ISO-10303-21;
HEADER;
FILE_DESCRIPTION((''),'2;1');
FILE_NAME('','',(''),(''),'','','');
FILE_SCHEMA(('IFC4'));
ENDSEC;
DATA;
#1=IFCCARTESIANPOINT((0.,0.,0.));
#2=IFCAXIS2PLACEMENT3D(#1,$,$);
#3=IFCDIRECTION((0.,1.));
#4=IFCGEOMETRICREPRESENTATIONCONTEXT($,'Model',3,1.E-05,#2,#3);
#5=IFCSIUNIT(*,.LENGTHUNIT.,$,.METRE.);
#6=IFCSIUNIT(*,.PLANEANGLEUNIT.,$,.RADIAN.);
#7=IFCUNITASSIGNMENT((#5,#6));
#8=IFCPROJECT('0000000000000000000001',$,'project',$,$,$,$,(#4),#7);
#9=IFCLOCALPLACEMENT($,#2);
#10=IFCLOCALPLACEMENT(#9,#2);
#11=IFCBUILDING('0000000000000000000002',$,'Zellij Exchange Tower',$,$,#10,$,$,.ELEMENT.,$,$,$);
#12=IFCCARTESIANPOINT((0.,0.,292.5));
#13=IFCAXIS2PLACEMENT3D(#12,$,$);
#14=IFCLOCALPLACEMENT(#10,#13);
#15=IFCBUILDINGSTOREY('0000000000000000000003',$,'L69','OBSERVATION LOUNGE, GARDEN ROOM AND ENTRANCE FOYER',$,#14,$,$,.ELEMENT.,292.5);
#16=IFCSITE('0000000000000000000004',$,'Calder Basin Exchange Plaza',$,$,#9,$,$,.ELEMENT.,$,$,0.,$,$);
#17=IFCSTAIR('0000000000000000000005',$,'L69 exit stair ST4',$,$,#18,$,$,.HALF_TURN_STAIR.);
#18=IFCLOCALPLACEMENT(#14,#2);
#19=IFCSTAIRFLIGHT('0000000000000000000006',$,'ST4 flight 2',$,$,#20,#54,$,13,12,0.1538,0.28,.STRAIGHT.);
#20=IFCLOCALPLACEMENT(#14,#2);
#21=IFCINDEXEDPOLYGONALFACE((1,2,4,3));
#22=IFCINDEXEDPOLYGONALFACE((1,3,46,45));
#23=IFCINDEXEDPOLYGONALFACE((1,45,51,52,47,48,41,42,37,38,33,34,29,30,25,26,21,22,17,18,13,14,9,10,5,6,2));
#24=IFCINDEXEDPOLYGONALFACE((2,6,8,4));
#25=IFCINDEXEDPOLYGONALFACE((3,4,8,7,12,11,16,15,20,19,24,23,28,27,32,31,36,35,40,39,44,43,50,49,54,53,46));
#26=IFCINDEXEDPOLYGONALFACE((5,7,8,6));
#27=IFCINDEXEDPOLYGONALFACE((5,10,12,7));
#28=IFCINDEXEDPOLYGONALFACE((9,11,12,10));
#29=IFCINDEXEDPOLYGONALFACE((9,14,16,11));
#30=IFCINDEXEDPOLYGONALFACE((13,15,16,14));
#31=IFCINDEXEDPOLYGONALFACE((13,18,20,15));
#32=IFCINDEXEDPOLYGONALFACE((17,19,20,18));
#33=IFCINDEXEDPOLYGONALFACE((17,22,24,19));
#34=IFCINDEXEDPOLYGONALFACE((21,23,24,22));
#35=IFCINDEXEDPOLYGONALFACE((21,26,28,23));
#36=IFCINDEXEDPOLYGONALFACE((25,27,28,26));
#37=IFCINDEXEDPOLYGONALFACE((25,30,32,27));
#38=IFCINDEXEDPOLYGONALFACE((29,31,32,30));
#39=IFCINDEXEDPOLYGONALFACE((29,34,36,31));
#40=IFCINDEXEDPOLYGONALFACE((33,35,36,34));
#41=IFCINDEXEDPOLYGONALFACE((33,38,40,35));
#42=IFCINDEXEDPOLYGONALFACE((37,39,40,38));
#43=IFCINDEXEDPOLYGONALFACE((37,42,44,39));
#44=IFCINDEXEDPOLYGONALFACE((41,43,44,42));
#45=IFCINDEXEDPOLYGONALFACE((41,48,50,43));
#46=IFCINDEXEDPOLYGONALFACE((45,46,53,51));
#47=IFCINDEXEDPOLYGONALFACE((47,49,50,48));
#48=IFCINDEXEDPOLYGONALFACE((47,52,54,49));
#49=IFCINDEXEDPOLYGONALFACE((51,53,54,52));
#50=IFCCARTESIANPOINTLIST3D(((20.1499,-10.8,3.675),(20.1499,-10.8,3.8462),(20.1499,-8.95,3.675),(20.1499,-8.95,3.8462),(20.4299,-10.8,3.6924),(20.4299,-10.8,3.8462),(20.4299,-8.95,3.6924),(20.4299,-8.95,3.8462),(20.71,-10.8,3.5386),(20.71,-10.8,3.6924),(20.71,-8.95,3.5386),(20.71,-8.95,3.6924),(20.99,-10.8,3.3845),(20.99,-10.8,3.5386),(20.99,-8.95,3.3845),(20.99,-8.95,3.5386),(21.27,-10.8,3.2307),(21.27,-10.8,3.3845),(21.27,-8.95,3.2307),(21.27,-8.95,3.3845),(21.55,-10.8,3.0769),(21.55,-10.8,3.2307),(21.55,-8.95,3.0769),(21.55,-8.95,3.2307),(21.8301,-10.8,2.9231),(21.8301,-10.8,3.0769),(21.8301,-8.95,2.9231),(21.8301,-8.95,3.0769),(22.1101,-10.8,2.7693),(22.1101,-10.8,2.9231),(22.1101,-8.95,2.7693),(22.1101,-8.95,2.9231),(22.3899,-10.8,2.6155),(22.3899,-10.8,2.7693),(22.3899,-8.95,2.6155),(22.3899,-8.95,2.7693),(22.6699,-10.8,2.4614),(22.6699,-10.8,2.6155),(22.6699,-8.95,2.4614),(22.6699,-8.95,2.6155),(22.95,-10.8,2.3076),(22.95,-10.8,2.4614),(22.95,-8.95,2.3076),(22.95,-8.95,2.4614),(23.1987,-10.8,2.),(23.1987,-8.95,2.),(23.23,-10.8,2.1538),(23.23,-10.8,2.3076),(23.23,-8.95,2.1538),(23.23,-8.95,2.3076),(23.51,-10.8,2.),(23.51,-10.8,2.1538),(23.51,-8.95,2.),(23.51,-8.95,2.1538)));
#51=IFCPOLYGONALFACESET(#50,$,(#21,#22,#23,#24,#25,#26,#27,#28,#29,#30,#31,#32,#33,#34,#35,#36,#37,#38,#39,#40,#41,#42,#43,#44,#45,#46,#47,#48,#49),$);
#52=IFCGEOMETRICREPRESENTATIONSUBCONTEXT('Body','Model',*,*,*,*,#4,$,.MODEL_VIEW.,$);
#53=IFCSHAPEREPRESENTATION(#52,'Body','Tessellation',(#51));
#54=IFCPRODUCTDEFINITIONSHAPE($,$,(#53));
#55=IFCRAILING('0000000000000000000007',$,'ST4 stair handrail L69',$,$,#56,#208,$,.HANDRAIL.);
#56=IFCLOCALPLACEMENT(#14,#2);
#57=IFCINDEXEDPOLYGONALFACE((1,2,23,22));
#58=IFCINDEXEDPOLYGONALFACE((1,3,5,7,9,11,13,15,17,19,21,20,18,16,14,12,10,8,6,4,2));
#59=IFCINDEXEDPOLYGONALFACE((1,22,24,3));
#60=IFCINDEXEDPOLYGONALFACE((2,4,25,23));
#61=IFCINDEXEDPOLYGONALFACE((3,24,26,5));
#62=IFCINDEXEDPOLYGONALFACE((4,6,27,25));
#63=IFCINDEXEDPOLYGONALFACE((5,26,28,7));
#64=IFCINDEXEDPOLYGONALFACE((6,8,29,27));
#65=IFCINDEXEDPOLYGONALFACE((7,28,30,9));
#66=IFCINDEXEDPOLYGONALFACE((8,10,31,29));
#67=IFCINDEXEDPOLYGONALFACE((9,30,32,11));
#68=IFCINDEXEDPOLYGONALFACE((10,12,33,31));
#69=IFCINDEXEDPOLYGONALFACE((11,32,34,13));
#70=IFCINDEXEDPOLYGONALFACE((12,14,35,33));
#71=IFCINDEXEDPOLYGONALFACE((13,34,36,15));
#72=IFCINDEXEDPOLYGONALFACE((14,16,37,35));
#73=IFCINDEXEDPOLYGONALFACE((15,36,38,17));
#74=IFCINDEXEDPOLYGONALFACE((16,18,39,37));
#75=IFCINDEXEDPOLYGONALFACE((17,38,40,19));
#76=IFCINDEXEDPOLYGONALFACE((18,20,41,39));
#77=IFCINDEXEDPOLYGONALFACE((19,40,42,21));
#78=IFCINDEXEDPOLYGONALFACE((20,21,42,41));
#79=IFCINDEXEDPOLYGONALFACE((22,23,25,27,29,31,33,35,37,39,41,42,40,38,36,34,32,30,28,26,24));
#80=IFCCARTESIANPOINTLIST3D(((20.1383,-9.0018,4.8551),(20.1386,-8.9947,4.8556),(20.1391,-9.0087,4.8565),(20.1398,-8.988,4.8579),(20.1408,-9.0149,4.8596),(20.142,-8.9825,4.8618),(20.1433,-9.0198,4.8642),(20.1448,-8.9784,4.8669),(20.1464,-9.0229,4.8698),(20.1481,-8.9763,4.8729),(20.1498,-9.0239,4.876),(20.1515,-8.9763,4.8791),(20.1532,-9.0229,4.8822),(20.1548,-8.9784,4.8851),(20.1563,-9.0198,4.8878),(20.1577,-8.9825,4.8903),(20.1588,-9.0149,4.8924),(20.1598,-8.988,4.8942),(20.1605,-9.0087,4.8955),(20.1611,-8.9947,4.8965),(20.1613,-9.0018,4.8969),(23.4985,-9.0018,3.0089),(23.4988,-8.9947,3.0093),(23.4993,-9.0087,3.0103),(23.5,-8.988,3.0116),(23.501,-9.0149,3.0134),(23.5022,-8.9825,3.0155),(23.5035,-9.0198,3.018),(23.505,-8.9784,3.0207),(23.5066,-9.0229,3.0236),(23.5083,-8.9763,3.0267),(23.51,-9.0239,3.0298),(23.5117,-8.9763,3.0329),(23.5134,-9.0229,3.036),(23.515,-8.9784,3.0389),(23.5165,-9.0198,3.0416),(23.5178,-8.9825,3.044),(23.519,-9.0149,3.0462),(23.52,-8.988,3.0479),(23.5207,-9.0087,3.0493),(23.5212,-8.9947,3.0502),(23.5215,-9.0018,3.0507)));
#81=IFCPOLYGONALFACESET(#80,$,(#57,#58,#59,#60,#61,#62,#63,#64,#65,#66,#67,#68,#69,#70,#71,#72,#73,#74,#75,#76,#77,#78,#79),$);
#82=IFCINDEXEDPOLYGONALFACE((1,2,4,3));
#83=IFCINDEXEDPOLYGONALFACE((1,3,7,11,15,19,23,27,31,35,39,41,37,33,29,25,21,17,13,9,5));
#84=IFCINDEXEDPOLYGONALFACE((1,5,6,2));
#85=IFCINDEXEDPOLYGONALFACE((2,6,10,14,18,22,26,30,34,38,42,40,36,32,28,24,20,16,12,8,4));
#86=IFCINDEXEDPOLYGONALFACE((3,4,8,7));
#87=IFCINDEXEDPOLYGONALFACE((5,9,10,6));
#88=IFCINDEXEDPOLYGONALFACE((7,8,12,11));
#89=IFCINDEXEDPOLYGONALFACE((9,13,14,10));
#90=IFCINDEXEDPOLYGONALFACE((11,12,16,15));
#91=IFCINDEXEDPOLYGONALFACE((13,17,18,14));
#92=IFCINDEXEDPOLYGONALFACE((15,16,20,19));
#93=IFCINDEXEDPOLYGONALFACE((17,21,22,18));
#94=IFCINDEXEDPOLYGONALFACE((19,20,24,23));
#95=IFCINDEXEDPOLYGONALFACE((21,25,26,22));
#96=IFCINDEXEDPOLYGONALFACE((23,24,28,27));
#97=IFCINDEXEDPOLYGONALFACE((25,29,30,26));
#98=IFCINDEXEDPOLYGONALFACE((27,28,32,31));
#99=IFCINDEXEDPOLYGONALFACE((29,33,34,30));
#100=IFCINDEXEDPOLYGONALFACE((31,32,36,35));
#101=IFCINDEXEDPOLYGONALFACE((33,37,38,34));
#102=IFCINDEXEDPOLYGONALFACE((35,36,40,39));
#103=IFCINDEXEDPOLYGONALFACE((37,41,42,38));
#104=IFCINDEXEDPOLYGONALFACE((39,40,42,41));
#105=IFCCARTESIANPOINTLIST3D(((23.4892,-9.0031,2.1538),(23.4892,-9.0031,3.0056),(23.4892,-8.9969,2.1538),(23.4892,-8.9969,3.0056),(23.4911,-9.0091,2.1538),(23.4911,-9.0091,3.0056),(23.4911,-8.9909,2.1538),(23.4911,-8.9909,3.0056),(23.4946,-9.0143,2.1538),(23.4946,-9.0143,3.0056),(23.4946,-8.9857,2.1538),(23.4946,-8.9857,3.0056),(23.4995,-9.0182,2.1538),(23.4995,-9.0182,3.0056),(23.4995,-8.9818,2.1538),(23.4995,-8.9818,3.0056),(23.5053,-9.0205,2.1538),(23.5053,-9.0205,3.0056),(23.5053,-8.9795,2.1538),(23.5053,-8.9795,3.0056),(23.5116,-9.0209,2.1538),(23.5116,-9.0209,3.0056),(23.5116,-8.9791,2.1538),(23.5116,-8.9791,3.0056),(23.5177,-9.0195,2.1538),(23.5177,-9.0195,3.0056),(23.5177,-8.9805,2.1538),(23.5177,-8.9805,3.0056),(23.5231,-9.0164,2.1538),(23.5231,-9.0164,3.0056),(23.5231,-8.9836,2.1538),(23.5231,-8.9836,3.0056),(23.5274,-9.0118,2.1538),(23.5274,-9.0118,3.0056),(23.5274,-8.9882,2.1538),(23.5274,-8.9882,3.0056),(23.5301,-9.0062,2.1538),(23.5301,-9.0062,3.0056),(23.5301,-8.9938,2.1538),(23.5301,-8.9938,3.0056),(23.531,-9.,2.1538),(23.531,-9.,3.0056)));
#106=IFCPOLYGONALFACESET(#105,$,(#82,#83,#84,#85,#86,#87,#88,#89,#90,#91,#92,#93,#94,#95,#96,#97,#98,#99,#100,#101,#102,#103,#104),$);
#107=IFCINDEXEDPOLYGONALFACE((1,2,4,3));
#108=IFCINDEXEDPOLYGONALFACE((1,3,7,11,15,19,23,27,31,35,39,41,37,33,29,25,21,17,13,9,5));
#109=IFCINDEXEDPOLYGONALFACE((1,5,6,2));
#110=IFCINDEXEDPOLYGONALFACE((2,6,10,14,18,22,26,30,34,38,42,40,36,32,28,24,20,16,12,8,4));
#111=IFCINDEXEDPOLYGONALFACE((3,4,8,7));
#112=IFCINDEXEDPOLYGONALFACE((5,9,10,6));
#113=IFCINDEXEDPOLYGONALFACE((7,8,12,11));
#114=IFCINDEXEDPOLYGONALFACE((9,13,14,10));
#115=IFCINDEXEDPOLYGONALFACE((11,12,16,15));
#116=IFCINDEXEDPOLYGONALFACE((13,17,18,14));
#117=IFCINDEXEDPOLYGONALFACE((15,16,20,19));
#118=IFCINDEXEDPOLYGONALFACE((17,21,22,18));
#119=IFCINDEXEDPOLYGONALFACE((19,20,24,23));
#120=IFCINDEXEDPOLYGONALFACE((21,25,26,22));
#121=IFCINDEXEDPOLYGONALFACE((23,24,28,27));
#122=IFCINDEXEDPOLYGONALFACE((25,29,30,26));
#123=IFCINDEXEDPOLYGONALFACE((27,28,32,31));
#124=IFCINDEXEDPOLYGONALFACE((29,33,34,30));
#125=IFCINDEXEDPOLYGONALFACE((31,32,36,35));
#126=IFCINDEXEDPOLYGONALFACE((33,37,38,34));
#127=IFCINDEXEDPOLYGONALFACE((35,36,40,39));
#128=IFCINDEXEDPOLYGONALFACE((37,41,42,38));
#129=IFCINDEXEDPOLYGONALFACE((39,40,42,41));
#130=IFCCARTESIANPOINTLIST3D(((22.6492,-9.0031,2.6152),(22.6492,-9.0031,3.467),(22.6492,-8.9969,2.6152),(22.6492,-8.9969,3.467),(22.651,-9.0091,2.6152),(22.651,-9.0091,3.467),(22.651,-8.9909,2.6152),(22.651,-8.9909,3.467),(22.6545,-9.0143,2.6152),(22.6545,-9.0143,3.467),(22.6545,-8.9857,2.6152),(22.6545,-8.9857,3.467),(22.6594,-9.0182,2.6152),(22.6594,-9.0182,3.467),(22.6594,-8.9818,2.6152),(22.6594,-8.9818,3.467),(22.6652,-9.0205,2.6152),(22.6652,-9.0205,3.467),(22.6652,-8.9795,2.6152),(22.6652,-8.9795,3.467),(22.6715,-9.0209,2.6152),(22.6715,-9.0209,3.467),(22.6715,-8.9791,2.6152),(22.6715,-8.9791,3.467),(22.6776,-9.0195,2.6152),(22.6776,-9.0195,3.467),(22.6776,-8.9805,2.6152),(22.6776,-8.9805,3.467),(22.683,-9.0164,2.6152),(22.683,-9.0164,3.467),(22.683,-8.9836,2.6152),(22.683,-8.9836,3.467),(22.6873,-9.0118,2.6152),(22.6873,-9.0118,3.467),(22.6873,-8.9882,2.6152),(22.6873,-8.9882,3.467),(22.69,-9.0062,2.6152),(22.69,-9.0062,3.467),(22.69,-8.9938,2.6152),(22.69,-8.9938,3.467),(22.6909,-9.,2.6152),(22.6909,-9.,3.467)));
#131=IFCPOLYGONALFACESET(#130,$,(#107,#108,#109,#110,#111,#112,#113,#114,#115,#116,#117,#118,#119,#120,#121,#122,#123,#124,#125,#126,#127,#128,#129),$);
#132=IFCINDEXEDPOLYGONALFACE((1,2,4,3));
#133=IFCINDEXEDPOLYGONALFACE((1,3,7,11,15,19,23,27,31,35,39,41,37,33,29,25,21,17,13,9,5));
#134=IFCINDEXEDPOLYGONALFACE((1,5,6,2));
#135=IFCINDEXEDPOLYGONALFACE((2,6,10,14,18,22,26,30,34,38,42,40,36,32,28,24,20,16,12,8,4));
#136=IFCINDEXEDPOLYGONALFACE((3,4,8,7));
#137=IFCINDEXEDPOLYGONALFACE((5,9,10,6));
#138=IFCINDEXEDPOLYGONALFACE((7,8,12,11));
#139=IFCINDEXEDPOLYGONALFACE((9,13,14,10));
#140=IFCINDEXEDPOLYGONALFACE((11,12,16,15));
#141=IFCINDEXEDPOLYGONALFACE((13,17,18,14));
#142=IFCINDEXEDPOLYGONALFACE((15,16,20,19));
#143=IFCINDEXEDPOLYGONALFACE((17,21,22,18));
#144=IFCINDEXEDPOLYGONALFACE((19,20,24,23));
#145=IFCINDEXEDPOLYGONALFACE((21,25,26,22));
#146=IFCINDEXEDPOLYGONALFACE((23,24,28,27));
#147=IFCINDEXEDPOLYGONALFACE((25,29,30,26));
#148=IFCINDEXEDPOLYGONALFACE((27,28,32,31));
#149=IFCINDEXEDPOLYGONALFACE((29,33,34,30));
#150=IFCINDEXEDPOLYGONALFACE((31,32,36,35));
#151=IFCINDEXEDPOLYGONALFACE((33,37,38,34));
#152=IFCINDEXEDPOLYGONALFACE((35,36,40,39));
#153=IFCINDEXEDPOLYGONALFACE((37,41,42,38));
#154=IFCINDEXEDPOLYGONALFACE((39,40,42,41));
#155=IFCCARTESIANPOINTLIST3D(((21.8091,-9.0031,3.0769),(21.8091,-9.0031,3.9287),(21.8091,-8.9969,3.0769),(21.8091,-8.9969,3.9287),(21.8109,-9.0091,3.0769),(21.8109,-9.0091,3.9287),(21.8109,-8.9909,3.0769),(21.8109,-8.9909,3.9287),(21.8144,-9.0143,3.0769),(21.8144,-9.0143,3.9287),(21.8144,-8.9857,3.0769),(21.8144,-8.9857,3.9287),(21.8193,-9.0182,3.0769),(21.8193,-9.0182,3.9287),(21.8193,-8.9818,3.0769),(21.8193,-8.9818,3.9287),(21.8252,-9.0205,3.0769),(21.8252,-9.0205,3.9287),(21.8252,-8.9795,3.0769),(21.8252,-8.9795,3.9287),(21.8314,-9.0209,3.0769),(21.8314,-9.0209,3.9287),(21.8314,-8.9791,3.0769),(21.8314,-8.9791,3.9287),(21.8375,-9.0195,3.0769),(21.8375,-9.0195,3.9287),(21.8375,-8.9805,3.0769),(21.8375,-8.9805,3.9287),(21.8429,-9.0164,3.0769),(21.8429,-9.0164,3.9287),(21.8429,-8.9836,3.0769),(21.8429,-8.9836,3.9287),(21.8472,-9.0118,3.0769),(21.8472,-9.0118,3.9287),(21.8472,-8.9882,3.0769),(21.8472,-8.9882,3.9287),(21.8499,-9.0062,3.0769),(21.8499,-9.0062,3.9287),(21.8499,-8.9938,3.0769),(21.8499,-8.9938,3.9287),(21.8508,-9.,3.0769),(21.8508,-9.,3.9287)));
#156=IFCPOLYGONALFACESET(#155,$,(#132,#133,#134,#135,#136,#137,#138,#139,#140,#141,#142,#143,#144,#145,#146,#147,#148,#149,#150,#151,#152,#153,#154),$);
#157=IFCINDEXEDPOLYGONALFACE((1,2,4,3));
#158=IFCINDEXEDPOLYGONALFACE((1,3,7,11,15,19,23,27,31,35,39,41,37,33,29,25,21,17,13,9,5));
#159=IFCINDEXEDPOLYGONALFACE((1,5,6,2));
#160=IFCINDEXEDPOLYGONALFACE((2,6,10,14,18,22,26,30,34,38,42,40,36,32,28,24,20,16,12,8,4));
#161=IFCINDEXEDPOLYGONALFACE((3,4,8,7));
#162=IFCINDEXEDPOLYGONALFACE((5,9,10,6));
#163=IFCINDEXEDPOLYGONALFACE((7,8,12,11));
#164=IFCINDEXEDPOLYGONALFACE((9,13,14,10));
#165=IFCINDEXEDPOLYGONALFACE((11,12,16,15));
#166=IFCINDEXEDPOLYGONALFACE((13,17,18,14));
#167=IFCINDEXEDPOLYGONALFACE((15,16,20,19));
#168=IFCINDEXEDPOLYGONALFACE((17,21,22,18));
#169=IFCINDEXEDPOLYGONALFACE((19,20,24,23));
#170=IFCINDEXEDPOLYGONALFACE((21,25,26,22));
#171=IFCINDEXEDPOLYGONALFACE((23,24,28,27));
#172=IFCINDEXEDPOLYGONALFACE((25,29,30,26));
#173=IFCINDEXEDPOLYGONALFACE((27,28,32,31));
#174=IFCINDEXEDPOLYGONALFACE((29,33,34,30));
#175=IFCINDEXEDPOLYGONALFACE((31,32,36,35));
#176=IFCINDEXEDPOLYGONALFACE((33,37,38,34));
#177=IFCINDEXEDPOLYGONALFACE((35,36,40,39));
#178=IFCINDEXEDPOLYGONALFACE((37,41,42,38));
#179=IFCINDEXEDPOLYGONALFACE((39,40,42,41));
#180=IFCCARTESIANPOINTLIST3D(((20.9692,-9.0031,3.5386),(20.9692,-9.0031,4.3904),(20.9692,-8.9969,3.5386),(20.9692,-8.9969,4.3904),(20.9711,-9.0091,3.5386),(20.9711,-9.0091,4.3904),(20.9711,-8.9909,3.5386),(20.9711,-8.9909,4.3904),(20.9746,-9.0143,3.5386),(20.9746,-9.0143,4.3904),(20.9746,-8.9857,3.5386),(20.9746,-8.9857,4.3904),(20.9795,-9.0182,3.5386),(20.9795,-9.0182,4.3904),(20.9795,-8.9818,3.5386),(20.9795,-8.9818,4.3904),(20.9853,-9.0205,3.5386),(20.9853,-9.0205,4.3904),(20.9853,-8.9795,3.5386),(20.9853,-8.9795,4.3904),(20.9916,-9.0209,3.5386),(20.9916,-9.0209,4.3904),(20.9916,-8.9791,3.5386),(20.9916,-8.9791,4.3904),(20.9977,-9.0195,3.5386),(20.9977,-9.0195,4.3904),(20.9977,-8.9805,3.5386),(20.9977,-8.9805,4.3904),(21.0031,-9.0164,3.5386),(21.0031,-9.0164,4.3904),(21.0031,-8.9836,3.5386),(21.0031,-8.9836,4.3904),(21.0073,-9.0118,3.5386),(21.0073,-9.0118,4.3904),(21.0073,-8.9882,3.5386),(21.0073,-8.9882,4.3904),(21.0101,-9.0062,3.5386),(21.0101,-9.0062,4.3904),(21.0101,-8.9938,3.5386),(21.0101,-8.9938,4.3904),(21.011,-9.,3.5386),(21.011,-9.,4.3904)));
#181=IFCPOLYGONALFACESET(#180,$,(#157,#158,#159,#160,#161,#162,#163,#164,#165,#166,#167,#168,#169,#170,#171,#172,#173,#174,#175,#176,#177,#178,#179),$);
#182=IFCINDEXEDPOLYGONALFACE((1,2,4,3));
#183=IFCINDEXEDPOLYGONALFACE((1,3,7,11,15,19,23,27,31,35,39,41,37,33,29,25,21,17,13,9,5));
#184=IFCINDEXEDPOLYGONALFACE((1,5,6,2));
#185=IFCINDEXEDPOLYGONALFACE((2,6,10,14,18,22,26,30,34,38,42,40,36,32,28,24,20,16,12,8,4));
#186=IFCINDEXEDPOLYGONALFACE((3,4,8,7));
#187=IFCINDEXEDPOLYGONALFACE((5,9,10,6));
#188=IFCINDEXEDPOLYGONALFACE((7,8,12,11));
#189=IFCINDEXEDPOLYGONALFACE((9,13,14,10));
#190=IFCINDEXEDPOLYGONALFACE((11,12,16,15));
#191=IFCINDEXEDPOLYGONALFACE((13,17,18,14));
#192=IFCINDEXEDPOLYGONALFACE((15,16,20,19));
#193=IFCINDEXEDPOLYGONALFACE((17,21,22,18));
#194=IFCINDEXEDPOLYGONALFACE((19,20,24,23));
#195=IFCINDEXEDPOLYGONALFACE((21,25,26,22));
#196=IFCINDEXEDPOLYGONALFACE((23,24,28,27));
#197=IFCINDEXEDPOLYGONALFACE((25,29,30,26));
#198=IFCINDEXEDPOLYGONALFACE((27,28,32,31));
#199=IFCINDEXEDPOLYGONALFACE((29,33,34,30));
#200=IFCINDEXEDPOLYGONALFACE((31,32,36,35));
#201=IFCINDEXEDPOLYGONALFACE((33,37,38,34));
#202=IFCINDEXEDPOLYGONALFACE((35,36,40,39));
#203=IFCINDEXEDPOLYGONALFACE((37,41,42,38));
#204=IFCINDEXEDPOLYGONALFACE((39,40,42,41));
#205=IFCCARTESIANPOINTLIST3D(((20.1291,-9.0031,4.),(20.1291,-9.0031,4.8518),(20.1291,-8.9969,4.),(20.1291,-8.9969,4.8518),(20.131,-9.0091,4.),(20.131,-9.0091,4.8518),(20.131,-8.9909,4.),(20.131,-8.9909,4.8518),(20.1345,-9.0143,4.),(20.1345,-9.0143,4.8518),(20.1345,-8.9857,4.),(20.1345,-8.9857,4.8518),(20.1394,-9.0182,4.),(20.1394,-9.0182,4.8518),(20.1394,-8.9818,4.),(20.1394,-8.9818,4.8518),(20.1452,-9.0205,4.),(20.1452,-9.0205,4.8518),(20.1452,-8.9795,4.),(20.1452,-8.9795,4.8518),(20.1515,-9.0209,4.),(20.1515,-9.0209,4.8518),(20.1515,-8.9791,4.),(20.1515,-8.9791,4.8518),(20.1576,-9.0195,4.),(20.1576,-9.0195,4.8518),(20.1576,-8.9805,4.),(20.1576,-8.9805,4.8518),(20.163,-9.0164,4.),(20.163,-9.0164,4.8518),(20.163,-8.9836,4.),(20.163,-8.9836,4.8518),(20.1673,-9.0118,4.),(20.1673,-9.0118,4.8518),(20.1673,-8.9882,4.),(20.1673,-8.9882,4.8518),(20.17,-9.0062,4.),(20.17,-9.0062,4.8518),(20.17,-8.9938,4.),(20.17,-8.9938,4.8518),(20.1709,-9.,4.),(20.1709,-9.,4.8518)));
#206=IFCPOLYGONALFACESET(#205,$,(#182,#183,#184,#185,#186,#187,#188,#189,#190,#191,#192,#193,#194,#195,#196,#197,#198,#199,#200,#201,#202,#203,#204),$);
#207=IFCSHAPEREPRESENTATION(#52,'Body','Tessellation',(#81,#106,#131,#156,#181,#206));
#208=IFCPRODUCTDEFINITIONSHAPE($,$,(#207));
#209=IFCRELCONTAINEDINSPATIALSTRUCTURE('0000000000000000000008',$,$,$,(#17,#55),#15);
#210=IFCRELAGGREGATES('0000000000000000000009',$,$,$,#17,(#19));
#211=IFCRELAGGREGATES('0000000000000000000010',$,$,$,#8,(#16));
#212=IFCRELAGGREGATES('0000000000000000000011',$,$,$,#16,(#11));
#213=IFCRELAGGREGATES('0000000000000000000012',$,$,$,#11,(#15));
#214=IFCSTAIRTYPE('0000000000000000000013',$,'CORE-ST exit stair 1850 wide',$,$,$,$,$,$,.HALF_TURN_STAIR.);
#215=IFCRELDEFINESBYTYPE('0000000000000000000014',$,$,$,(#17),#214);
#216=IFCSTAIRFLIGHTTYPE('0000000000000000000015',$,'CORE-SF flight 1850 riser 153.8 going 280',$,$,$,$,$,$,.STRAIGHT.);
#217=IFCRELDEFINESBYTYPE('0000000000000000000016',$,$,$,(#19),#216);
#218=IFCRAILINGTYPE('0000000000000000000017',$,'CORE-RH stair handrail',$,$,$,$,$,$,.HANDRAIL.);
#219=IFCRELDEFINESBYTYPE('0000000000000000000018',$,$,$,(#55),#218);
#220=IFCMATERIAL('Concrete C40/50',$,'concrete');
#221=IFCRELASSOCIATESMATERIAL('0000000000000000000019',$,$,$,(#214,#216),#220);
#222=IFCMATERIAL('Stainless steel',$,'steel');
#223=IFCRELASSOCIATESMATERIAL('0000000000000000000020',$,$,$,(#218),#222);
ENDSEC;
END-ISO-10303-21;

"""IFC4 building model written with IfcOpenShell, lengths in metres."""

from ifc_helpers import new_model, si_unit, direction, frame, origin, origin_2d, place, context, subcontext, project, spatial, polyline, circle, outline, extrude, material, type_object, element, aggregate, save


model = new_model("IFC4")

# Units and contexts
model_context = context("Model", 3, precision=1e-05, world=origin(), true_north=direction((0.0, 1.0)))
body_context = subcontext(model_context, "Body", "Model", "MODEL_VIEW")
ifc_project = project(units=[si_unit("LENGTHUNIT", "METRE"), si_unit("PLANEANGLEUNIT", "RADIAN")], contexts=[model_context])

# Site, building, storey
site_placement = place(None, origin())
site = spatial("IfcSite", under=ifc_project, at=site_placement, Name="Calder Basin Exchange Plaza", CompositionType="ELEMENT", RefElevation=0.0)
building_placement = place(site_placement, origin())
building = spatial("IfcBuilding", under=site, at=building_placement, Name="Zellij Exchange Tower", CompositionType="ELEMENT")
storey_placement = place(building_placement, frame((0.0, 0.0, 292.5)))
storey = spatial("IfcBuildingStorey", under=building, at=storey_placement, Name="L69", Description="OBSERVATION LOUNGE, GARDEN ROOM AND ENTRANCE FOYER", CompositionType="ELEMENT", Elevation=292.5)

# Stair, stair flight
ifc_material_1 = material(Name="Concrete C40/50", Category="concrete")
stair_type = type_object("IfcStairType", Name="CORE-ST exit stair 1850 wide", PredefinedType="HALF_TURN_STAIR", material=ifc_material_1)
stair_placement = place(storey_placement, origin())
stair = element("IfcStair", 1, at=stair_placement, inside=storey, type_object=stair_type, Name="L69 exit stair ST4", PredefinedType="HALF_TURN_STAIR")
stair_flight_type = type_object("IfcStairFlightType", Name="CORE-SF flight 1850 riser 153.8 going 280", PredefinedType="STRAIGHT", material=ifc_material_1)
stair_flight_placement = place(storey_placement, frame((23.51, -9.875, 2.0), z_axis=(0.0, 0.0, 1.0), x_axis=(-1.0, 0.0, 0.0)))
stair_flight = element("IfcStairFlight", 2, at=stair_flight_placement, type_object=stair_flight_type, Name="ST4 flight 2", NumberOfRisers=13, NumberOfTreads=12, PredefinedType="STRAIGHT", RiserHeight=0.1538, TreadLength=0.28, context=body_context, shape_type="SweptSolid", body=[
    extrude(outline(polyline([(0.0, 0.0), (0.0, 0.1538), (0.28, 0.1538), (0.28, 0.3076), (0.5601, 0.3076), (0.5601, 0.4614), (0.8401, 0.4614), (0.8401, 0.6155), (1.1201, 0.6155), (1.1201, 0.7693), (1.3999, 0.7693), (1.3999, 0.9231), (1.6799, 0.9231), (1.6799, 1.0769), (1.96, 1.0769), (1.96, 1.2307), (2.24, 1.2307), (2.24, 1.3845), (2.52, 1.3845), (2.52, 1.5386), (2.8, 1.5386), (2.8, 1.6924), (3.0801, 1.6924), (3.0801, 1.8462), (3.3601, 1.8462), (3.3601, 2.0), (3.3601, 1.675), (0.3113, 0.0), (0.0, 0.0)])), frame((0.0, 0.925, 0.0), z_axis=(0.0, -1.0, 0.0), x_axis=(1.0, 0.0, 0.0)), (0.0, 0.0, 1.0), 1.8501),
])
aggregate(stair, [stair_flight])

# Railing
ifc_material_2 = material(Name="Stainless steel", Category="steel")
railing_type_1 = type_object("IfcRailingType", Name="CORE-RH stair handrail", PredefinedType="HANDRAIL", material=ifc_material_2)
railing_1_placement = place(storey_placement, frame((23.51, -9.0, 2.1538)))
element("IfcRailing", 3, at=railing_1_placement, inside=storey, type_object=railing_type_1, Name="ST4 stair handrail L69", PredefinedType="HANDRAIL", context=body_context, shape_type="SweptSolid", body=[
    extrude(circle(Radius=0.0239, at=origin_2d()), frame((0.0, 0.0, 0.876), z_axis=(-0.876422, 0.0, 0.481545), x_axis=(0.0, -1.0, 0.0)), (0.0, 0.0, 1.0), 3.834),
    extrude(circle(Radius=0.021, at=origin_2d()), origin(), (0.0, 0.0, 1.0), 0.8518),
    extrude(circle(Radius=0.021, at=origin_2d()), frame((-0.8401, 0.0, 0.4614)), (0.0, 0.0, 1.0), 0.8518),
    extrude(circle(Radius=0.021, at=origin_2d()), frame((-1.6802, 0.0, 0.9231)), (0.0, 0.0, 1.0), 0.8518),
    extrude(circle(Radius=0.021, at=origin_2d()), frame((-2.52, 0.0, 1.3848)), (0.0, 0.0, 1.0), 0.8518),
    extrude(circle(Radius=0.021, at=origin_2d()), frame((-3.3601, 0.0, 1.8462)), (0.0, 0.0, 1.0), 0.8518),
])

save(model, "model.ifc")
